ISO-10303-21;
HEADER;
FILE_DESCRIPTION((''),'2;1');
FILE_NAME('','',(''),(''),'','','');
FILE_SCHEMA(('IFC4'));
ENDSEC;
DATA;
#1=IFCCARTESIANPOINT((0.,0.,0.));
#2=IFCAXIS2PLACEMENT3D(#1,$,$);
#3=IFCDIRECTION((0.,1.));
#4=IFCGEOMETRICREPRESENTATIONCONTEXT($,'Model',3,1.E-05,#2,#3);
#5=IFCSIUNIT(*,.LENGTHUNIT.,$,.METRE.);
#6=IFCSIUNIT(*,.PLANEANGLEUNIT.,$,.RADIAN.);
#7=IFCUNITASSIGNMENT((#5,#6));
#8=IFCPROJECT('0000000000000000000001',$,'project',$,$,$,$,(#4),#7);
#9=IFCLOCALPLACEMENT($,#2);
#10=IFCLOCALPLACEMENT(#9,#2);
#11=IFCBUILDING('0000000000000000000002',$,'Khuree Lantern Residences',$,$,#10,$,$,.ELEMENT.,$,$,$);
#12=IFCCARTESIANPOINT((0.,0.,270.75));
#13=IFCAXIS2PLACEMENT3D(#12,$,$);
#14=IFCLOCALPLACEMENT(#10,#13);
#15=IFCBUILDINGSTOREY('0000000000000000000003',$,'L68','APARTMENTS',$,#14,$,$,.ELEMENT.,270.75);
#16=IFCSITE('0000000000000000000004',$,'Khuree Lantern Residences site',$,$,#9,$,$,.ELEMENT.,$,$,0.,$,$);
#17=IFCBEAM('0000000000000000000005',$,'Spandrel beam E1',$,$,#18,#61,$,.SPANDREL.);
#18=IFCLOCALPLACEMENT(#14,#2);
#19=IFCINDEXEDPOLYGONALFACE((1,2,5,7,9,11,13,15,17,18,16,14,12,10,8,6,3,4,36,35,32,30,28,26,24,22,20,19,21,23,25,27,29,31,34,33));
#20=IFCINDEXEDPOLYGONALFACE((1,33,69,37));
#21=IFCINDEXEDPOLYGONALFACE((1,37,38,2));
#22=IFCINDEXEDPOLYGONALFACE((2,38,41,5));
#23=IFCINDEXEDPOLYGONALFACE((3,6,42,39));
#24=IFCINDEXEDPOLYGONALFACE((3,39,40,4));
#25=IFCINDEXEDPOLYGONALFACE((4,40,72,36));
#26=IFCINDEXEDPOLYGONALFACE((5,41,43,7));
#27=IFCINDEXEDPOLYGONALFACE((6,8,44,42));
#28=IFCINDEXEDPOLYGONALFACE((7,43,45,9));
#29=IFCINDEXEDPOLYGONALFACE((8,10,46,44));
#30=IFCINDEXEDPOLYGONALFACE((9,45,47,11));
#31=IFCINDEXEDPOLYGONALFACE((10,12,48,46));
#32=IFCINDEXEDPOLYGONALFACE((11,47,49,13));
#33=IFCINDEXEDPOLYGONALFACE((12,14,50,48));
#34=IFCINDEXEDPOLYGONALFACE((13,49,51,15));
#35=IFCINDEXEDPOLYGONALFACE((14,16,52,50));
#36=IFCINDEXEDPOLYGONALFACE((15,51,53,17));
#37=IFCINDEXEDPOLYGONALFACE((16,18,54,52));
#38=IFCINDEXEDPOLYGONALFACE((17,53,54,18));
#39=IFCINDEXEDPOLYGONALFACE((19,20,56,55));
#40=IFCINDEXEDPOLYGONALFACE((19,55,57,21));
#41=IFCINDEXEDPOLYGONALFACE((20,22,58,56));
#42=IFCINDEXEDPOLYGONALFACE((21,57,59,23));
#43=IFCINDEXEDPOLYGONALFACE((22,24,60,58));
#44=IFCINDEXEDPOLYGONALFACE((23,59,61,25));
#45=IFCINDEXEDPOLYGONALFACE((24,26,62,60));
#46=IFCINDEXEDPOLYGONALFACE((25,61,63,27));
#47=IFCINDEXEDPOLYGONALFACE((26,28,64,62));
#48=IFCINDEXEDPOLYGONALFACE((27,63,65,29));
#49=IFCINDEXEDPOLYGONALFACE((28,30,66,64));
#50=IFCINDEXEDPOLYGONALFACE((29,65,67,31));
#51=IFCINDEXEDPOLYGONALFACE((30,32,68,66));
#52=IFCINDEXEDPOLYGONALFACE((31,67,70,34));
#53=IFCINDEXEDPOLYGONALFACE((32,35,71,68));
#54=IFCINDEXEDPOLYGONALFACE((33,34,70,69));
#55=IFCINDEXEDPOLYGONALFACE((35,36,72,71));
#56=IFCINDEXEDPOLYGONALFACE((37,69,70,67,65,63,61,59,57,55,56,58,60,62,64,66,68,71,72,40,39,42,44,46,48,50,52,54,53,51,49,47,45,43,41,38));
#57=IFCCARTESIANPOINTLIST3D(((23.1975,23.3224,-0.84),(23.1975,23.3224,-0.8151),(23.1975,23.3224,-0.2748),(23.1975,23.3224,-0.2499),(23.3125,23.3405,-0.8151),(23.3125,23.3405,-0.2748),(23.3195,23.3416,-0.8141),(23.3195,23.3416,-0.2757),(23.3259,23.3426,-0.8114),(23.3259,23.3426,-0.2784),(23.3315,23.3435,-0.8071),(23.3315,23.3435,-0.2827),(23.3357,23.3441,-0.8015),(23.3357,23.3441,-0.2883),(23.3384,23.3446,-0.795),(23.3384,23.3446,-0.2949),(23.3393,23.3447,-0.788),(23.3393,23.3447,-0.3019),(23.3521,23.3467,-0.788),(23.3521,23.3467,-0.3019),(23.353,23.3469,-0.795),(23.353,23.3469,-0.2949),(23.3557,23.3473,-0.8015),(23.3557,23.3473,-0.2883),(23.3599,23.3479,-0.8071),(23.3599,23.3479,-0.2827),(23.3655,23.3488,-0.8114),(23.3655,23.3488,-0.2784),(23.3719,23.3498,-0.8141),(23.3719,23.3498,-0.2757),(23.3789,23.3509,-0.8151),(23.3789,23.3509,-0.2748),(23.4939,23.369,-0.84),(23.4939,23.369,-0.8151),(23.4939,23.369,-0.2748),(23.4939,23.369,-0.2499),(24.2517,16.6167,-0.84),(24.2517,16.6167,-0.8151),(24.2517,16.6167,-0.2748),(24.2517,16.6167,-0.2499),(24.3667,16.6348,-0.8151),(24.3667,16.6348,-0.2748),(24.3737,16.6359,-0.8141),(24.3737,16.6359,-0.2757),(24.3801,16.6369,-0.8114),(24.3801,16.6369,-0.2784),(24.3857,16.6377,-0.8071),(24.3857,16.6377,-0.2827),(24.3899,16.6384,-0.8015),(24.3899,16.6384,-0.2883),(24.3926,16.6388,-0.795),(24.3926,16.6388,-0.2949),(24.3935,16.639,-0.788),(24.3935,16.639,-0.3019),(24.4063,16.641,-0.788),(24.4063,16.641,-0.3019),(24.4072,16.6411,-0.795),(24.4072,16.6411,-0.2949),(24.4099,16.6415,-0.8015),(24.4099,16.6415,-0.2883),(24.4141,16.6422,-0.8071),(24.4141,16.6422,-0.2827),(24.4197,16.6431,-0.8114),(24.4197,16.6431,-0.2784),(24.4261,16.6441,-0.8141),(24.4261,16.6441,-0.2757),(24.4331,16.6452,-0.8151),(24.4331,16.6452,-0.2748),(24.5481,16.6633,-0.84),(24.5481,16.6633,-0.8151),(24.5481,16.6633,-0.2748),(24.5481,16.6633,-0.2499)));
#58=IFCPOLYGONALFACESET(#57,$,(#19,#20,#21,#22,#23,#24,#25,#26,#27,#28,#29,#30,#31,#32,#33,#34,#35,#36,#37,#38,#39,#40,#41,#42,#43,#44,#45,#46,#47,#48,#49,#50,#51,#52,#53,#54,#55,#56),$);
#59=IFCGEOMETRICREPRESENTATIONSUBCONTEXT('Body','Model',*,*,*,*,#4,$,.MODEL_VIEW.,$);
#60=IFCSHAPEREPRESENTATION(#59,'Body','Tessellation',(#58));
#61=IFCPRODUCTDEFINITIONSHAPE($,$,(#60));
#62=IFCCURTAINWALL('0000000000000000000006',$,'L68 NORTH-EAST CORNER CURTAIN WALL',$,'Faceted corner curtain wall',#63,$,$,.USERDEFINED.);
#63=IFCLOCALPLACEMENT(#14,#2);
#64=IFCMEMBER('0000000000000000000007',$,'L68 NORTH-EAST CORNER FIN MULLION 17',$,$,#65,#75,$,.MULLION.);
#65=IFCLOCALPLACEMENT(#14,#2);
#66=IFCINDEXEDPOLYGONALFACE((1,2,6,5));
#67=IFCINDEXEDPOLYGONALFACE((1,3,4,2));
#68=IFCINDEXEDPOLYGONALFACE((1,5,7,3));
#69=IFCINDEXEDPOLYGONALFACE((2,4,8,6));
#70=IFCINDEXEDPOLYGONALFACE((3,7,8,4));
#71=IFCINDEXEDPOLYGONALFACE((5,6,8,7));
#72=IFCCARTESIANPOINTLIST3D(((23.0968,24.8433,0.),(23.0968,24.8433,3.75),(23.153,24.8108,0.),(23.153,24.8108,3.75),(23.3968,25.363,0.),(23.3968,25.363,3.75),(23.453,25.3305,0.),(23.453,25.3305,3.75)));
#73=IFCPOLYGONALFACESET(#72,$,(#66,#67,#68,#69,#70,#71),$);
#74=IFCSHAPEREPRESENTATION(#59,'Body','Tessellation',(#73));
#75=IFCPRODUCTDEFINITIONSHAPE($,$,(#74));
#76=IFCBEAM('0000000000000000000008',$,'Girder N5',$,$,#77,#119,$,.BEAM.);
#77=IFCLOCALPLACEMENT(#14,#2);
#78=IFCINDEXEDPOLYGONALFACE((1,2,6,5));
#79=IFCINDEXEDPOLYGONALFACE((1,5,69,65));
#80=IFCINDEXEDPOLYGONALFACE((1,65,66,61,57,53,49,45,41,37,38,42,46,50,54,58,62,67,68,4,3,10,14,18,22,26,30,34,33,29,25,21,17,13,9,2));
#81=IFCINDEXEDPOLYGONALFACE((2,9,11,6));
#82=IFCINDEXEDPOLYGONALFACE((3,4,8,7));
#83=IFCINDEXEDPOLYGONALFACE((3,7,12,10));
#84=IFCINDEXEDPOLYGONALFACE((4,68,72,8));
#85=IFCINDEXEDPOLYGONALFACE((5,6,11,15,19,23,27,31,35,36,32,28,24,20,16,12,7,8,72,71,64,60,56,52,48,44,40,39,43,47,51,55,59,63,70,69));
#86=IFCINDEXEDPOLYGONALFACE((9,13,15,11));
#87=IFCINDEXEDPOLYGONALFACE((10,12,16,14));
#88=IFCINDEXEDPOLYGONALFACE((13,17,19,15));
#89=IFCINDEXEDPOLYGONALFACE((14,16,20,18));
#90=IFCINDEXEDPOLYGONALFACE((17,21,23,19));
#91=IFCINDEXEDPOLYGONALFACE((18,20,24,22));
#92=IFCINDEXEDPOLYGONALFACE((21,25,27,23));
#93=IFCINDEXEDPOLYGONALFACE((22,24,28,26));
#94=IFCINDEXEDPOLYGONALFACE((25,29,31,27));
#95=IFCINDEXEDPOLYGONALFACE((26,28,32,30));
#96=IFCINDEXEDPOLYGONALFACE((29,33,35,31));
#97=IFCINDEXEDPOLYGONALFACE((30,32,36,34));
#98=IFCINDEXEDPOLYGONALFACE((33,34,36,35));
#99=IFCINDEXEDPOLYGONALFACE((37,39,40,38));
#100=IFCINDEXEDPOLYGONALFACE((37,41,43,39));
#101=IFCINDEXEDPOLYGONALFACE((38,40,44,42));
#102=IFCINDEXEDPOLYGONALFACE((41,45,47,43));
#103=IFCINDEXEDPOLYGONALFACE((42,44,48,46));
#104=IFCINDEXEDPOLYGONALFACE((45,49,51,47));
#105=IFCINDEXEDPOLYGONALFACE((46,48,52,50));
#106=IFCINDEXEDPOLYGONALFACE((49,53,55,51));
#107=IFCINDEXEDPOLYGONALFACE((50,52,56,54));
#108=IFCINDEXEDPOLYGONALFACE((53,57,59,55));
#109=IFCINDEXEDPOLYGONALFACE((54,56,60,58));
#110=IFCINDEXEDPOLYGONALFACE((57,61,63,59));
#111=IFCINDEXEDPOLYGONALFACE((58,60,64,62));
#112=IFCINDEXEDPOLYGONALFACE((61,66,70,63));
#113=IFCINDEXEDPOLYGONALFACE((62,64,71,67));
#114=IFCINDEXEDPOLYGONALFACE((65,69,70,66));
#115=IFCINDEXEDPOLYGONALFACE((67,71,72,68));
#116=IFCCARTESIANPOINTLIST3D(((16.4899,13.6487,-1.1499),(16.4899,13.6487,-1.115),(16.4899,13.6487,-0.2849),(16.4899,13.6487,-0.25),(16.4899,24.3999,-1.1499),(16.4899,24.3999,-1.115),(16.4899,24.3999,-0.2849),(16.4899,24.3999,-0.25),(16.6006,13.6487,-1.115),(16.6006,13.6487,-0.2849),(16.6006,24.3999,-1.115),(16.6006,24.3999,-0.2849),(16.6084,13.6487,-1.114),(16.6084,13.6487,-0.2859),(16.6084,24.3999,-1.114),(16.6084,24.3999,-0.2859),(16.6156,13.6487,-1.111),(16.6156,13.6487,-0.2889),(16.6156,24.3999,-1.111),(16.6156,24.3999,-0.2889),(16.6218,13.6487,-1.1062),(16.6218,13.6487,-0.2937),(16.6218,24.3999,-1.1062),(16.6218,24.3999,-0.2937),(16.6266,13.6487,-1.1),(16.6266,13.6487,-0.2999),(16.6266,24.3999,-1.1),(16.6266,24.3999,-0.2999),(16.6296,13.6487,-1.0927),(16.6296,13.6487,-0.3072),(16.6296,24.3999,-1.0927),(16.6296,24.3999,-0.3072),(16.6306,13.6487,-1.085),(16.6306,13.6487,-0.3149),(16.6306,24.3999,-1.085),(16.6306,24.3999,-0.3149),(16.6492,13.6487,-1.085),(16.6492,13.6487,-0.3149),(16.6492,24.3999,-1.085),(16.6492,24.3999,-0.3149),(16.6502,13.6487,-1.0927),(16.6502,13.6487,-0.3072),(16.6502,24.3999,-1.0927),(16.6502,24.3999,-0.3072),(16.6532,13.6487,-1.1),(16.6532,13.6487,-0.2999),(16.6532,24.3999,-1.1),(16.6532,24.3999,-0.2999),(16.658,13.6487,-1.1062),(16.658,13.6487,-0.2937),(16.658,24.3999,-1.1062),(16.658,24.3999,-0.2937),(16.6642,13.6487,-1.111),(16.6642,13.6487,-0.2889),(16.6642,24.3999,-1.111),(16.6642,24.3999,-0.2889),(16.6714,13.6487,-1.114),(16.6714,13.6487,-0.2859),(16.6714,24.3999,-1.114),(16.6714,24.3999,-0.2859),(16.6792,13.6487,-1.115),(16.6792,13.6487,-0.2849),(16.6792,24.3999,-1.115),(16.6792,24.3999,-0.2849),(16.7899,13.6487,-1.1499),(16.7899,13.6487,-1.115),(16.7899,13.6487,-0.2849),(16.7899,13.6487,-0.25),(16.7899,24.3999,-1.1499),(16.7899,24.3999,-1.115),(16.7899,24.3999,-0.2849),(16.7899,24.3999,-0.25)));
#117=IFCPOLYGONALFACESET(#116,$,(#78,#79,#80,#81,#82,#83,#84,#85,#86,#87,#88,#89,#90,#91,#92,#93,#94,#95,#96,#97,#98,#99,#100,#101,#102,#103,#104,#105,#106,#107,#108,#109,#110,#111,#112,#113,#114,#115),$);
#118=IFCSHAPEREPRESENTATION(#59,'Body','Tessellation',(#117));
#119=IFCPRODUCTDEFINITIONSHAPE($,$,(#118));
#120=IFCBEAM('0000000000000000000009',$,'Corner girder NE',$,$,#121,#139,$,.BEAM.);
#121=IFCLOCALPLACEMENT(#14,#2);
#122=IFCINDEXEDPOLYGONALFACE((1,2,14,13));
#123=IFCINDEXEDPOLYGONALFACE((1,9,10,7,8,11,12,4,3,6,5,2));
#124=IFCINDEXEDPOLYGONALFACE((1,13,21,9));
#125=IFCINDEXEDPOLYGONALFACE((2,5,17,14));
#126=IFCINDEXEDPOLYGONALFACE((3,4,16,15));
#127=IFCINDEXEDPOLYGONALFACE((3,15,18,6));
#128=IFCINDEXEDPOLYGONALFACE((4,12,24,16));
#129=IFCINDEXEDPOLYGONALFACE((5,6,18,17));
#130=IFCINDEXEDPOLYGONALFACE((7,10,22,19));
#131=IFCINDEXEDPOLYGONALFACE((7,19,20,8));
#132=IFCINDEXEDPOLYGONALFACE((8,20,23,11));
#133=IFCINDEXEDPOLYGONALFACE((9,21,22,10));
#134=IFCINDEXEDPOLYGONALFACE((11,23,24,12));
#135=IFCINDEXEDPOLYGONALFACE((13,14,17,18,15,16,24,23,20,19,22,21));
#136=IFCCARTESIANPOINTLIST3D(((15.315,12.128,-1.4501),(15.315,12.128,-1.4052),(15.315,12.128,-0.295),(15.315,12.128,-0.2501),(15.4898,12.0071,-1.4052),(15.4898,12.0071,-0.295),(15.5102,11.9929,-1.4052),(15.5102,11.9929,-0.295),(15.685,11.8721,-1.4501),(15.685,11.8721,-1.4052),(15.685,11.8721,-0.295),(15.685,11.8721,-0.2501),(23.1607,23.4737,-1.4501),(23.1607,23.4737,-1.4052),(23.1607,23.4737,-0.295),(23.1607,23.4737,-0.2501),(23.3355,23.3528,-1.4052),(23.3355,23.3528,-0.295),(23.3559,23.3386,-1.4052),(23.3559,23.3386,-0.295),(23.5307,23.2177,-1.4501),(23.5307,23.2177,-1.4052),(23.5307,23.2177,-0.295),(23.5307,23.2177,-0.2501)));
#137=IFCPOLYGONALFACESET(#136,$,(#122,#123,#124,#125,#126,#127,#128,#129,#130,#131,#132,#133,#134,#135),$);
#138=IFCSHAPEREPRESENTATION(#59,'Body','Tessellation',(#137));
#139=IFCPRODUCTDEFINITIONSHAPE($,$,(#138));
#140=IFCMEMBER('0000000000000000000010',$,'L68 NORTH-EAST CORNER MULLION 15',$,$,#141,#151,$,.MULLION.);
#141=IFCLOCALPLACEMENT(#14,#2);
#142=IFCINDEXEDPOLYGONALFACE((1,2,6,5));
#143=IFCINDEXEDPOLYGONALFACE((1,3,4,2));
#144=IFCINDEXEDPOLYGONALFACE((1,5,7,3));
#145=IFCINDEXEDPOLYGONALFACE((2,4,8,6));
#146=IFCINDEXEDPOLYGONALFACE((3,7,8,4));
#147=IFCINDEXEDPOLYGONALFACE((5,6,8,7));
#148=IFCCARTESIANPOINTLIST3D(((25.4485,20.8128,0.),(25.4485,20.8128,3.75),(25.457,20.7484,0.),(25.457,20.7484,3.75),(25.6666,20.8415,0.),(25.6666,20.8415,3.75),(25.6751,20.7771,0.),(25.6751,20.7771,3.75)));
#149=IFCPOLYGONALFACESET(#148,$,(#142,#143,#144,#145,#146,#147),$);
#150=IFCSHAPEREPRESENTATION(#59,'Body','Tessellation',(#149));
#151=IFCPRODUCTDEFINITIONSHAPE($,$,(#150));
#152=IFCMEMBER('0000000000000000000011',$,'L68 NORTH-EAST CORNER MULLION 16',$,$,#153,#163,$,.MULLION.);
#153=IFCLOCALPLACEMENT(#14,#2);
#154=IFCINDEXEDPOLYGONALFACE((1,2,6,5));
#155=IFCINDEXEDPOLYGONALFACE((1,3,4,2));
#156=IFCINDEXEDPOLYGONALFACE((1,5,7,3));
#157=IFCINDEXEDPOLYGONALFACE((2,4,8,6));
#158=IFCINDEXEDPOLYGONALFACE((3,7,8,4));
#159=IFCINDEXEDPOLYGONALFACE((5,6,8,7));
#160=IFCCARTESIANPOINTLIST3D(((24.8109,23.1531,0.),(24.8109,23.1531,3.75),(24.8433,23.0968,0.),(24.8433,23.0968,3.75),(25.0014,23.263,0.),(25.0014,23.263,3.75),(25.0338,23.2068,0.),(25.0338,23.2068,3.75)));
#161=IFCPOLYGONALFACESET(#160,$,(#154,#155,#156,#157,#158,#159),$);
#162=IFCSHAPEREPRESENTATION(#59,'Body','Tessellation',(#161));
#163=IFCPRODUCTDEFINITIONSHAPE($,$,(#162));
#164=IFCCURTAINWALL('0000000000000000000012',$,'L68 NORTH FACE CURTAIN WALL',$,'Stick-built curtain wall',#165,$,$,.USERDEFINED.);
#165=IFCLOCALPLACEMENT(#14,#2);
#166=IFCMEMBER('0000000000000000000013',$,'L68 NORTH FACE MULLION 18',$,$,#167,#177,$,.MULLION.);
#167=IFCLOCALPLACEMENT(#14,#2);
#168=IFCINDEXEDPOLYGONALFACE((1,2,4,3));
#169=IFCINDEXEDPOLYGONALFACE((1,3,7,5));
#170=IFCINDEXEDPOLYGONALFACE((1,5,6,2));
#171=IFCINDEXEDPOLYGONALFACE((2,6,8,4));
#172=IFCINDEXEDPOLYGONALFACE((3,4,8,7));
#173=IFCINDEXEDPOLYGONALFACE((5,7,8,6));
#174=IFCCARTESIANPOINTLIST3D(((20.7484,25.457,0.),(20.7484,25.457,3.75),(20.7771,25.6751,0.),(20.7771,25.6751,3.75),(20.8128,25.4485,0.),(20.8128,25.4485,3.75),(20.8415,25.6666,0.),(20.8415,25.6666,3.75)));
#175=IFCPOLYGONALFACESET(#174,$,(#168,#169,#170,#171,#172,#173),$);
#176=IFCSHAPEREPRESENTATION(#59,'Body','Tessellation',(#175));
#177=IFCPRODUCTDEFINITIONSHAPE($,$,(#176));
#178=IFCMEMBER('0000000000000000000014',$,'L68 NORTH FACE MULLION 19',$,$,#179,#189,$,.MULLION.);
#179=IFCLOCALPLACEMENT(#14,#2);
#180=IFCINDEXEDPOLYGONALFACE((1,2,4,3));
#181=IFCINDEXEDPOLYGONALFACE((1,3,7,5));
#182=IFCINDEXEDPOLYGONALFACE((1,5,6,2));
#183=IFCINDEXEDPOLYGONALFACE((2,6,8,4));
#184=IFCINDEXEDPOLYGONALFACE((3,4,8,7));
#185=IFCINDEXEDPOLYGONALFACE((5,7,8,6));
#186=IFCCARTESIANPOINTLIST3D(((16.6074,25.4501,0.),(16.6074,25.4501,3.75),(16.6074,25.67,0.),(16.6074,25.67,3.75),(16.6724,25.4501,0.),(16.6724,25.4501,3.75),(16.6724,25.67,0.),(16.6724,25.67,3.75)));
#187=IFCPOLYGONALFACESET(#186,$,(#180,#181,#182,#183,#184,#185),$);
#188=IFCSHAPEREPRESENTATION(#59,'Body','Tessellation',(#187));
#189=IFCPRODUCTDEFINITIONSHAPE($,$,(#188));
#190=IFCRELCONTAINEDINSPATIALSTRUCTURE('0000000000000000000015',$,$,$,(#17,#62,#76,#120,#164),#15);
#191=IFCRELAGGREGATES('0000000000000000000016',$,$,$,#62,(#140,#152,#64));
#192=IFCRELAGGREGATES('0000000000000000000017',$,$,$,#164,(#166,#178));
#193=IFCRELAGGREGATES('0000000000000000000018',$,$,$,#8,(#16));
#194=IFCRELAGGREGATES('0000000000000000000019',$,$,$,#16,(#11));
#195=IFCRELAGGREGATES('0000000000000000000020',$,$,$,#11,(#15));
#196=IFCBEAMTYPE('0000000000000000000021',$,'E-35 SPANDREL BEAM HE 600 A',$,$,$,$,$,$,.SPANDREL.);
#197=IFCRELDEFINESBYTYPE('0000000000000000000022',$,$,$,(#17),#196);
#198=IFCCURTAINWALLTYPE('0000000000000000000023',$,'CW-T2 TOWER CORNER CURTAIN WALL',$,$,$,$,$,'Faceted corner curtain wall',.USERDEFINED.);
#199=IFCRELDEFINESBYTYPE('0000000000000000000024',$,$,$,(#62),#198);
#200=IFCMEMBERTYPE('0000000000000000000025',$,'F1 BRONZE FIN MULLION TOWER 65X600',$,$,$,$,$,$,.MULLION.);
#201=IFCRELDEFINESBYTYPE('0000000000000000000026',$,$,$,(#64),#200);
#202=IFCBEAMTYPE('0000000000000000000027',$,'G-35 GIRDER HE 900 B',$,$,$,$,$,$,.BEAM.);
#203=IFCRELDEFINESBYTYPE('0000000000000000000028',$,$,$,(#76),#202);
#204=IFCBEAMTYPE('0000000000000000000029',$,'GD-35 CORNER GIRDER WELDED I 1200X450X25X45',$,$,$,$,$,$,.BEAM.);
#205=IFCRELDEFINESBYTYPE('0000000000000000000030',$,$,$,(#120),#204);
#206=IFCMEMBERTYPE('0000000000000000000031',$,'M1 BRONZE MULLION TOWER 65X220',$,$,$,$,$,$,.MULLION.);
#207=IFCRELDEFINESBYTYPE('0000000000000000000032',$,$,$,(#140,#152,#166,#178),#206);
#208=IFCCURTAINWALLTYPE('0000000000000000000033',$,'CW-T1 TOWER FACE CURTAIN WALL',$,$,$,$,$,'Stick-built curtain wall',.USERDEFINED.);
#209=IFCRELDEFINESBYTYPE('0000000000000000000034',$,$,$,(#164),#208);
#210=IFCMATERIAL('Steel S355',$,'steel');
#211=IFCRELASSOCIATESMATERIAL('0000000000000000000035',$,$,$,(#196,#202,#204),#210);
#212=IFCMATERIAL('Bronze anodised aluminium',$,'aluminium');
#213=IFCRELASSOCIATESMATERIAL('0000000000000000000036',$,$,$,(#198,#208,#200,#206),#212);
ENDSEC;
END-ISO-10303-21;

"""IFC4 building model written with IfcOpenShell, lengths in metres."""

from ifc_helpers import new_model, si_unit, direction, frame, origin, origin_2d, place, context, subcontext, project, spatial, rectangle, i_section, extrude, material, material_profile, profile_set, type_object, element, aggregate, save


model = new_model("IFC4")

# Units and contexts
model_context = context("Model", 3, precision=1e-05, world=origin(), true_north=direction((0.0, 1.0)))
body_context = subcontext(model_context, "Body", "Model", "MODEL_VIEW")
ifc_project = project(units=[si_unit("LENGTHUNIT", "METRE"), si_unit("PLANEANGLEUNIT", "RADIAN")], contexts=[model_context])

# Site, building, storey
site_placement = place(None, origin())
site = spatial("IfcSite", under=ifc_project, at=site_placement, Name="Khuree Lantern Residences site", CompositionType="ELEMENT", RefElevation=0.0)
building_placement = place(site_placement, origin())
building = spatial("IfcBuilding", under=site, at=building_placement, Name="Khuree Lantern Residences", CompositionType="ELEMENT")
storey_placement = place(building_placement, frame((0.0, 0.0, 270.75)))
storey = spatial("IfcBuildingStorey", under=building, at=storey_placement, Name="L68", Description="APARTMENTS", CompositionType="ELEMENT", Elevation=270.75)

# Beam
ifc_material_1 = material(Name="Steel S355", Category="steel")
ifc_material_profile_1 = material_profile(ifc_material_1, i_section(OverallWidth=0.3, OverallDepth=0.5901, WebThickness=0.0129, FlangeThickness=0.0249, FilletRadius=0.0271, at=origin_2d()), Name="HE 600 A")
ifc_profile_set_1 = profile_set([ifc_material_profile_1], Name="Steel S355")
beam_type_1 = type_object("IfcBeamType", Name="E-35 SPANDREL BEAM HE 600 A", PredefinedType="SPANDREL", material=ifc_profile_set_1)
for number, where, z_axis, x_axis, name in (
    (1, (23.3457, 23.3457, -0.5449), (0.1553, -0.987867, 0.0), (0.987867, 0.1553, 0.0), "Spandrel beam E1"),
):
    element("IfcBeam", number, at=place(storey_placement, frame(where, z_axis=z_axis, x_axis=x_axis)), inside=storey, type_object=beam_type_1, Name=name, PredefinedType="SPANDREL", context=body_context, shape_type="SweptSolid", body=[
        extrude(i_section(OverallWidth=0.3, OverallDepth=0.5901, WebThickness=0.0129, FlangeThickness=0.0249, FilletRadius=0.0271, at=origin_2d()), origin(), (0.0, 0.0, 1.0), 6.7881),
    ])

# Curtain wall, member
ifc_material_2 = material(Name="Bronze anodised aluminium", Category="aluminium")
curtain_wall_type_1 = type_object("IfcCurtainWallType", Name="CW-T2 TOWER CORNER CURTAIN WALL", ElementType="Faceted corner curtain wall", PredefinedType="USERDEFINED", material=ifc_material_2)
curtain_wall_1_placement = place(storey_placement, origin())
curtain_wall_1 = element("IfcCurtainWall", 2, at=curtain_wall_1_placement, inside=storey, type_object=curtain_wall_type_1, Name="L68 NORTH-EAST CORNER CURTAIN WALL", ObjectType="Faceted corner curtain wall", PredefinedType="USERDEFINED")
ifc_material_profile_2 = material_profile(ifc_material_2, rectangle(XDim=0.0649, YDim=0.6001, at=origin_2d()), Name="F1 65X600")
ifc_profile_set_2 = profile_set([ifc_material_profile_2], Name="Bronze anodised aluminium")
member_type_1 = type_object("IfcMemberType", Name="F1 BRONZE FIN MULLION TOWER 65X600", PredefinedType="MULLION", material=ifc_profile_set_2)
member_1_placement = place(storey_placement, frame((23.2749, 25.0869, 0.0), z_axis=(0.0, 0.0, 1.0), x_axis=(-0.866025, 0.5, 0.0)))
member_1 = element("IfcMember", 3, at=member_1_placement, type_object=member_type_1, Name="L68 NORTH-EAST CORNER FIN MULLION 17", PredefinedType="MULLION", context=body_context, shape_type="SweptSolid", body=[
    extrude(rectangle(XDim=0.0649, YDim=0.6001, at=origin_2d()), origin(), (0.0, 0.0, 1.0), 3.75),
])

# Beams
ifc_material_profile_3 = material_profile(ifc_material_1, i_section(OverallWidth=0.3, OverallDepth=0.8999, WebThickness=0.0186, FlangeThickness=0.0349, FilletRadius=0.03, at=origin_2d()), Name="HE 900 B")
ifc_profile_set_3 = profile_set([ifc_material_profile_3], Name="Steel S355")
beam_type_2 = type_object("IfcBeamType", Name="G-35 GIRDER HE 900 B", PredefinedType="BEAM", material=ifc_profile_set_3)
beam_1_placement = place(storey_placement, frame((16.6399, 24.3999, -0.7), z_axis=(0.0, -1.0, 0.0), x_axis=(1.0, 0.0, 0.0)))
element("IfcBeam", 4, at=beam_1_placement, inside=storey, type_object=beam_type_2, Name="Girder N5", PredefinedType="BEAM", context=body_context, shape_type="SweptSolid", body=[
    extrude(i_section(OverallWidth=0.3, OverallDepth=0.8999, WebThickness=0.0186, FlangeThickness=0.0349, FilletRadius=0.03, at=origin_2d()), origin(), (0.0, 0.0, 1.0), 10.7512),
])
ifc_material_profile_4 = material_profile(ifc_material_1, i_section(OverallWidth=0.45, OverallDepth=1.2, WebThickness=0.0249, FlangeThickness=0.0449, at=origin_2d()), Name="WELDED I 1200X450X25X45")
ifc_profile_set_4 = profile_set([ifc_material_profile_4], Name="Steel S355")
beam_type_3 = type_object("IfcBeamType", Name="GD-35 CORNER GIRDER WELDED I 1200X450X25X45", PredefinedType="BEAM", material=ifc_profile_set_4)
beam_2_placement = place(storey_placement, frame((23.3457, 23.3457, -0.8501), z_axis=(-0.568768, -0.822498, 0.0), x_axis=(0.822498, -0.568768, 0.0)))
element("IfcBeam", 5, at=beam_2_placement, inside=storey, type_object=beam_type_3, Name="Corner girder NE", PredefinedType="BEAM", context=body_context, shape_type="SweptSolid", body=[
    extrude(i_section(OverallWidth=0.45, OverallDepth=1.2, WebThickness=0.0249, FlangeThickness=0.0449, at=origin_2d()), origin(), (0.0, 0.0, 1.0), 13.7942),
])

# Members
ifc_material_profile_5 = material_profile(ifc_material_2, rectangle(XDim=0.0649, YDim=0.22, at=origin_2d()), Name="M1 65X220")
ifc_profile_set_5 = profile_set([ifc_material_profile_5], Name="Bronze anodised aluminium")
member_type_2 = type_object("IfcMemberType", Name="M1 BRONZE MULLION TOWER 65X220", PredefinedType="MULLION", material=ifc_profile_set_5)
member_2_placement = place(storey_placement, frame((25.5618, 20.7949, 0.0), z_axis=(0.0, 0.0, 1.0), x_axis=(-0.130526, 0.991445, 0.0)))
member_2 = element("IfcMember", 6, at=member_2_placement, type_object=member_type_2, Name="L68 NORTH-EAST CORNER MULLION 15", PredefinedType="MULLION", context=body_context, shape_type="SweptSolid", body=[
    extrude(rectangle(XDim=0.0649, YDim=0.22, at=origin_2d()), origin(), (0.0, 0.0, 1.0), 3.75),
])
member_3_placement = place(storey_placement, frame((24.9224, 23.1799, 0.0), z_axis=(0.0, 0.0, 1.0), x_axis=(-0.5, 0.866025, 0.0)))
member_3 = element("IfcMember", 7, at=member_3_placement, type_object=member_type_2, Name="L68 NORTH-EAST CORNER MULLION 16", PredefinedType="MULLION", context=body_context, shape_type="SweptSolid", body=[
    extrude(rectangle(XDim=0.0649, YDim=0.22, at=origin_2d()), origin(), (0.0, 0.0, 1.0), 3.75),
])

# Curtain wall, members
curtain_wall_type_2 = type_object("IfcCurtainWallType", Name="CW-T1 TOWER FACE CURTAIN WALL", ElementType="Stick-built curtain wall", PredefinedType="USERDEFINED", material=ifc_material_2)
curtain_wall_2_placement = place(storey_placement, origin())
curtain_wall_2 = element("IfcCurtainWall", 8, at=curtain_wall_2_placement, inside=storey, type_object=curtain_wall_type_2, Name="L68 NORTH FACE CURTAIN WALL", ObjectType="Stick-built curtain wall", PredefinedType="USERDEFINED")
member_4_placement = place(storey_placement, frame((20.7949, 25.5618, 0.0), z_axis=(0.0, 0.0, 1.0), x_axis=(-0.991445, 0.130526, 0.0)))
member_4 = element("IfcMember", 9, at=member_4_placement, type_object=member_type_2, Name="L68 NORTH FACE MULLION 18", PredefinedType="MULLION", context=body_context, shape_type="SweptSolid", body=[
    extrude(rectangle(XDim=0.0649, YDim=0.22, at=origin_2d()), origin(), (0.0, 0.0, 1.0), 3.75),
])
member_5_placement = place(storey_placement, frame((16.6399, 25.5601, 0.0), z_axis=(0.0, 0.0, 1.0), x_axis=(-1.0, 0.0, 0.0)))
member_5 = element("IfcMember", 10, at=member_5_placement, type_object=member_type_2, Name="L68 NORTH FACE MULLION 19", PredefinedType="MULLION", context=body_context, shape_type="SweptSolid", body=[
    extrude(rectangle(XDim=0.0649, YDim=0.22, at=origin_2d()), origin(), (0.0, 0.0, 1.0), 3.75),
])

aggregate(curtain_wall_1, [member_2, member_3, member_1])
aggregate(curtain_wall_2, [member_4, member_5])

save(model, "model.ifc")
